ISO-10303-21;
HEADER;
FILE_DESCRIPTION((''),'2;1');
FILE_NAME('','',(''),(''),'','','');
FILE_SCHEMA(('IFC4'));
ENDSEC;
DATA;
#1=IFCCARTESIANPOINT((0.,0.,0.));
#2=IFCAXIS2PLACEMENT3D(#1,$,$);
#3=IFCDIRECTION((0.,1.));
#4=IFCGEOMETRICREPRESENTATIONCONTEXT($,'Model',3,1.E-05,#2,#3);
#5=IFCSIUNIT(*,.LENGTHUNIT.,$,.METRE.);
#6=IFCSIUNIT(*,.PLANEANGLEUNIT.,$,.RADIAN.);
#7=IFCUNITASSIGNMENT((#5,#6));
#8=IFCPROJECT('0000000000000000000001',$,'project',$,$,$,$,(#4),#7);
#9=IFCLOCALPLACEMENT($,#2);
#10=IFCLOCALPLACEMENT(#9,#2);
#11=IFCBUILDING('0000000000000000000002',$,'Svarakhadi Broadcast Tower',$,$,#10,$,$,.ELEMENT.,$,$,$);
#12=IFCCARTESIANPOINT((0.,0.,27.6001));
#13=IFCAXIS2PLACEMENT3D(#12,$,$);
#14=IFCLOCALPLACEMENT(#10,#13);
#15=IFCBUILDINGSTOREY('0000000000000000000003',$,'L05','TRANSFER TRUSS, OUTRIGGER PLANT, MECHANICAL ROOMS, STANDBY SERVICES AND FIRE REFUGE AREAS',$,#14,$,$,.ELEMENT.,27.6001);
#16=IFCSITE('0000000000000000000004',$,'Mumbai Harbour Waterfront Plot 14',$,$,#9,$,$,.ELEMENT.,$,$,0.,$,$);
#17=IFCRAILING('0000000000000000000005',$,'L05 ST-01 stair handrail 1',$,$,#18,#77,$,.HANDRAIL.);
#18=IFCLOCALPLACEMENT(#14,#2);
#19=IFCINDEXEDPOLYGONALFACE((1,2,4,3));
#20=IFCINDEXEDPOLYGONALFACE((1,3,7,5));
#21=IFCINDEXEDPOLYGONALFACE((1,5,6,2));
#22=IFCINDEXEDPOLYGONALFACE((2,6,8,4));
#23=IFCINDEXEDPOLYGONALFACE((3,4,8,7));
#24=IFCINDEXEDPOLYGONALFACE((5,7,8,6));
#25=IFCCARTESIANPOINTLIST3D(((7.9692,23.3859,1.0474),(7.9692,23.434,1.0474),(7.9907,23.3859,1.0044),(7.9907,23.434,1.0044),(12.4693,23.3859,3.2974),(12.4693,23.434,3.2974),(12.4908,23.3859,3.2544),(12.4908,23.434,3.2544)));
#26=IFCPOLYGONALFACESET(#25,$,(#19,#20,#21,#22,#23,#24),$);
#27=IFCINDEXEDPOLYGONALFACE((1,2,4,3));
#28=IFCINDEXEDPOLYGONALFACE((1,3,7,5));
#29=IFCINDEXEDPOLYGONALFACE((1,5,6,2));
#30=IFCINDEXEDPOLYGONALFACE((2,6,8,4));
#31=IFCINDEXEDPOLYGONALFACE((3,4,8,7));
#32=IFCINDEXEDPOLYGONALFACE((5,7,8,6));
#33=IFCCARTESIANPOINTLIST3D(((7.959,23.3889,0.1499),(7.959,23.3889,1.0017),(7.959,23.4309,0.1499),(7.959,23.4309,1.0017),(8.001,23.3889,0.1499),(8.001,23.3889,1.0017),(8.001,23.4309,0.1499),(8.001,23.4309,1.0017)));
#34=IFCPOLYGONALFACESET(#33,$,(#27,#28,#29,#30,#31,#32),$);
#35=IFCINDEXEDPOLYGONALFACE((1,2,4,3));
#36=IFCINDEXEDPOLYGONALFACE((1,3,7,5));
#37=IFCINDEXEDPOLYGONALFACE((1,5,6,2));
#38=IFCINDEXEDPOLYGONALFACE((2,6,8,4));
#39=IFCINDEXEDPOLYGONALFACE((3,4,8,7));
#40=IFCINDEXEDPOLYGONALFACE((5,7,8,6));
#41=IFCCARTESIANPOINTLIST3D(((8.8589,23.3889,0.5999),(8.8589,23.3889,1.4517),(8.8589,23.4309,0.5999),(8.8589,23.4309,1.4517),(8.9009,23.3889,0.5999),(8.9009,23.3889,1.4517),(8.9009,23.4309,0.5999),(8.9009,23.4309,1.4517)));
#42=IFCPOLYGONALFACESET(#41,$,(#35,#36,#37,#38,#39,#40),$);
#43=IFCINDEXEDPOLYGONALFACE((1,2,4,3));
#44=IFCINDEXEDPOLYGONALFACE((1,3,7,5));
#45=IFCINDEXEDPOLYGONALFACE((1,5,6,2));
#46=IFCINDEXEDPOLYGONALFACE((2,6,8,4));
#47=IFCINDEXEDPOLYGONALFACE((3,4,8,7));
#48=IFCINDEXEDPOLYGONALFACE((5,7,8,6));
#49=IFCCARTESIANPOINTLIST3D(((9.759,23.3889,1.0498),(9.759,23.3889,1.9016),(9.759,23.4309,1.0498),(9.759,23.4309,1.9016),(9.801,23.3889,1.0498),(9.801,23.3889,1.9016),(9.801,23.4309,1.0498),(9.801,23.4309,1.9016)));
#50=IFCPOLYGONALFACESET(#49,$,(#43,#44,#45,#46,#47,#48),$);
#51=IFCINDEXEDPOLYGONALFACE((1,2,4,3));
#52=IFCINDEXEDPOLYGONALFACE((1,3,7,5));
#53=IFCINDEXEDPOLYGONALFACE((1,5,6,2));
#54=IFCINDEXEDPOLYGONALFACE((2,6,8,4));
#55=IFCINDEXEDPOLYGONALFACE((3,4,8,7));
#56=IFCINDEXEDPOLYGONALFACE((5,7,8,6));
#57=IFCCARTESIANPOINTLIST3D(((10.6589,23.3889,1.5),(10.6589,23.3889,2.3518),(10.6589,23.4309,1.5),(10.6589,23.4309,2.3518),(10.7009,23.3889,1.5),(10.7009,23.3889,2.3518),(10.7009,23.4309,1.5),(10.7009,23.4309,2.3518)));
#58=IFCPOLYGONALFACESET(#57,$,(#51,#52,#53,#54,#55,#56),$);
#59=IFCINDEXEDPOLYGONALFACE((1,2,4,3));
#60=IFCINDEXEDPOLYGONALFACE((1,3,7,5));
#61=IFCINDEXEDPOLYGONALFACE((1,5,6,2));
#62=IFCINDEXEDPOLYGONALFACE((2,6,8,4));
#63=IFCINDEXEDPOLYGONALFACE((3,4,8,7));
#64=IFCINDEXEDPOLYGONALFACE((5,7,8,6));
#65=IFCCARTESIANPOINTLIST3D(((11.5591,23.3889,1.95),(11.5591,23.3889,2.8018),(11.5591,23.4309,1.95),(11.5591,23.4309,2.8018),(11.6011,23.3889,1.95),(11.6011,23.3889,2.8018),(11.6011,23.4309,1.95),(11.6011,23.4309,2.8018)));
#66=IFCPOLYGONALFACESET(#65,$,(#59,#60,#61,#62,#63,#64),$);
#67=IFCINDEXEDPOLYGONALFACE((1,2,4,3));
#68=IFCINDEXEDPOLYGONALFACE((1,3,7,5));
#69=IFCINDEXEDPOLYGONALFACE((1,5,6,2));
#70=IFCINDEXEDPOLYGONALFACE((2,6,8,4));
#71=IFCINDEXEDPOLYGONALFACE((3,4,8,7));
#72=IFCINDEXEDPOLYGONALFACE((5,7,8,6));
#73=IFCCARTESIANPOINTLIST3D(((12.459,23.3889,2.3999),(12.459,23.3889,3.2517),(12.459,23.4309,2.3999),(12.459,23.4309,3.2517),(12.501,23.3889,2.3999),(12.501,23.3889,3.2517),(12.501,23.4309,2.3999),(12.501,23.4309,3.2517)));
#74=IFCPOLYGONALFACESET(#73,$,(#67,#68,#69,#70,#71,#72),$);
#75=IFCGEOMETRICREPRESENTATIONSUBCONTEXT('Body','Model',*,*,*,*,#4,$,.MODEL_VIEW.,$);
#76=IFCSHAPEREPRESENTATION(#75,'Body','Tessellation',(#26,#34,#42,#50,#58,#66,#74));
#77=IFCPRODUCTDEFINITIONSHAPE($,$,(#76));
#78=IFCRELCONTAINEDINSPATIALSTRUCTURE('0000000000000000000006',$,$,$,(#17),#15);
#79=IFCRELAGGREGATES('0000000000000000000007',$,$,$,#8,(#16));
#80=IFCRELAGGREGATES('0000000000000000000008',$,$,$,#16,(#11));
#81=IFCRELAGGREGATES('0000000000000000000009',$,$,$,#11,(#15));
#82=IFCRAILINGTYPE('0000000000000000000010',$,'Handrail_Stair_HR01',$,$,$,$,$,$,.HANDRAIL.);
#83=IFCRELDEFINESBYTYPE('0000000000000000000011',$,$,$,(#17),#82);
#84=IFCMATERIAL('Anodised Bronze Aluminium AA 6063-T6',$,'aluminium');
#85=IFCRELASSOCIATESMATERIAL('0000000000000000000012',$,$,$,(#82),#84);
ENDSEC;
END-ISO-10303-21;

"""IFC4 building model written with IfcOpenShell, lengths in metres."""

from ifc_helpers import new_model, si_unit, direction, frame, origin, origin_2d, place, context, subcontext, project, spatial, rectangle, extrude, material, type_object, element, save


model = new_model("IFC4")

# Units and contexts
model_context = context("Model", 3, precision=1e-05, world=origin(), true_north=direction((0.0, 1.0)))
body_context = subcontext(model_context, "Body", "Model", "MODEL_VIEW")
ifc_project = project(units=[si_unit("LENGTHUNIT", "METRE"), si_unit("PLANEANGLEUNIT", "RADIAN")], contexts=[model_context])

# Site, building, storey
site_placement = place(None, origin())
site = spatial("IfcSite", under=ifc_project, at=site_placement, Name="Mumbai Harbour Waterfront Plot 14", CompositionType="ELEMENT", RefElevation=0.0)
building_placement = place(site_placement, origin())
building = spatial("IfcBuilding", under=site, at=building_placement, Name="Svarakhadi Broadcast Tower", CompositionType="ELEMENT")
storey_placement = place(building_placement, frame((0.0, 0.0, 27.6001)))
storey = spatial("IfcBuildingStorey", under=building, at=storey_placement, Name="L05", Description="TRANSFER TRUSS, OUTRIGGER PLANT, MECHANICAL ROOMS, STANDBY SERVICES AND FIRE REFUGE AREAS", CompositionType="ELEMENT", Elevation=27.6001)

# Shared definitions
ifc_material_1 = material(Name="Anodised Bronze Aluminium AA 6063-T6", Category="aluminium")

# Railing
railing_type = type_object("IfcRailingType", Name="Handrail_Stair_HR01", PredefinedType="HANDRAIL", material=ifc_material_1)
railing_placement = place(storey_placement, frame((7.98, 23.4099, 0.1499)))
element("IfcRailing", 1, at=railing_placement, inside=storey, type_object=railing_type, Name="L05 ST-01 stair handrail 1", PredefinedType="HANDRAIL", context=body_context, shape_type="SweptSolid", body=[
    extrude(rectangle(XDim=0.0481, YDim=0.0481, at=origin_2d()), frame((0.0, 0.0, 0.876), z_axis=(0.894427, 0.0, 0.447214), x_axis=(0.0, 1.0, 0.0)), (0.0, 0.0, 1.0), 5.0312),
    extrude(rectangle(XDim=0.042, YDim=0.042, at=origin_2d()), origin(), (0.0, 0.0, 1.0), 0.8518),
    extrude(rectangle(XDim=0.042, YDim=0.042, at=origin_2d()), frame((0.8999, 0.0, 0.45)), (0.0, 0.0, 1.0), 0.8518),
    extrude(rectangle(XDim=0.042, YDim=0.042, at=origin_2d()), frame((1.8, 0.0, 0.8999)), (0.0, 0.0, 1.0), 0.8518),
    extrude(rectangle(XDim=0.042, YDim=0.042, at=origin_2d()), frame((2.7, 0.0, 1.3501)), (0.0, 0.0, 1.0), 0.8518),
    extrude(rectangle(XDim=0.042, YDim=0.042, at=origin_2d()), frame((3.6001, 0.0, 1.8)), (0.0, 0.0, 1.0), 0.8518),
    extrude(rectangle(XDim=0.042, YDim=0.042, at=origin_2d()), frame((4.5, 0.0, 2.25)), (0.0, 0.0, 1.0), 0.8518),
])

save(model, "model.ifc")
